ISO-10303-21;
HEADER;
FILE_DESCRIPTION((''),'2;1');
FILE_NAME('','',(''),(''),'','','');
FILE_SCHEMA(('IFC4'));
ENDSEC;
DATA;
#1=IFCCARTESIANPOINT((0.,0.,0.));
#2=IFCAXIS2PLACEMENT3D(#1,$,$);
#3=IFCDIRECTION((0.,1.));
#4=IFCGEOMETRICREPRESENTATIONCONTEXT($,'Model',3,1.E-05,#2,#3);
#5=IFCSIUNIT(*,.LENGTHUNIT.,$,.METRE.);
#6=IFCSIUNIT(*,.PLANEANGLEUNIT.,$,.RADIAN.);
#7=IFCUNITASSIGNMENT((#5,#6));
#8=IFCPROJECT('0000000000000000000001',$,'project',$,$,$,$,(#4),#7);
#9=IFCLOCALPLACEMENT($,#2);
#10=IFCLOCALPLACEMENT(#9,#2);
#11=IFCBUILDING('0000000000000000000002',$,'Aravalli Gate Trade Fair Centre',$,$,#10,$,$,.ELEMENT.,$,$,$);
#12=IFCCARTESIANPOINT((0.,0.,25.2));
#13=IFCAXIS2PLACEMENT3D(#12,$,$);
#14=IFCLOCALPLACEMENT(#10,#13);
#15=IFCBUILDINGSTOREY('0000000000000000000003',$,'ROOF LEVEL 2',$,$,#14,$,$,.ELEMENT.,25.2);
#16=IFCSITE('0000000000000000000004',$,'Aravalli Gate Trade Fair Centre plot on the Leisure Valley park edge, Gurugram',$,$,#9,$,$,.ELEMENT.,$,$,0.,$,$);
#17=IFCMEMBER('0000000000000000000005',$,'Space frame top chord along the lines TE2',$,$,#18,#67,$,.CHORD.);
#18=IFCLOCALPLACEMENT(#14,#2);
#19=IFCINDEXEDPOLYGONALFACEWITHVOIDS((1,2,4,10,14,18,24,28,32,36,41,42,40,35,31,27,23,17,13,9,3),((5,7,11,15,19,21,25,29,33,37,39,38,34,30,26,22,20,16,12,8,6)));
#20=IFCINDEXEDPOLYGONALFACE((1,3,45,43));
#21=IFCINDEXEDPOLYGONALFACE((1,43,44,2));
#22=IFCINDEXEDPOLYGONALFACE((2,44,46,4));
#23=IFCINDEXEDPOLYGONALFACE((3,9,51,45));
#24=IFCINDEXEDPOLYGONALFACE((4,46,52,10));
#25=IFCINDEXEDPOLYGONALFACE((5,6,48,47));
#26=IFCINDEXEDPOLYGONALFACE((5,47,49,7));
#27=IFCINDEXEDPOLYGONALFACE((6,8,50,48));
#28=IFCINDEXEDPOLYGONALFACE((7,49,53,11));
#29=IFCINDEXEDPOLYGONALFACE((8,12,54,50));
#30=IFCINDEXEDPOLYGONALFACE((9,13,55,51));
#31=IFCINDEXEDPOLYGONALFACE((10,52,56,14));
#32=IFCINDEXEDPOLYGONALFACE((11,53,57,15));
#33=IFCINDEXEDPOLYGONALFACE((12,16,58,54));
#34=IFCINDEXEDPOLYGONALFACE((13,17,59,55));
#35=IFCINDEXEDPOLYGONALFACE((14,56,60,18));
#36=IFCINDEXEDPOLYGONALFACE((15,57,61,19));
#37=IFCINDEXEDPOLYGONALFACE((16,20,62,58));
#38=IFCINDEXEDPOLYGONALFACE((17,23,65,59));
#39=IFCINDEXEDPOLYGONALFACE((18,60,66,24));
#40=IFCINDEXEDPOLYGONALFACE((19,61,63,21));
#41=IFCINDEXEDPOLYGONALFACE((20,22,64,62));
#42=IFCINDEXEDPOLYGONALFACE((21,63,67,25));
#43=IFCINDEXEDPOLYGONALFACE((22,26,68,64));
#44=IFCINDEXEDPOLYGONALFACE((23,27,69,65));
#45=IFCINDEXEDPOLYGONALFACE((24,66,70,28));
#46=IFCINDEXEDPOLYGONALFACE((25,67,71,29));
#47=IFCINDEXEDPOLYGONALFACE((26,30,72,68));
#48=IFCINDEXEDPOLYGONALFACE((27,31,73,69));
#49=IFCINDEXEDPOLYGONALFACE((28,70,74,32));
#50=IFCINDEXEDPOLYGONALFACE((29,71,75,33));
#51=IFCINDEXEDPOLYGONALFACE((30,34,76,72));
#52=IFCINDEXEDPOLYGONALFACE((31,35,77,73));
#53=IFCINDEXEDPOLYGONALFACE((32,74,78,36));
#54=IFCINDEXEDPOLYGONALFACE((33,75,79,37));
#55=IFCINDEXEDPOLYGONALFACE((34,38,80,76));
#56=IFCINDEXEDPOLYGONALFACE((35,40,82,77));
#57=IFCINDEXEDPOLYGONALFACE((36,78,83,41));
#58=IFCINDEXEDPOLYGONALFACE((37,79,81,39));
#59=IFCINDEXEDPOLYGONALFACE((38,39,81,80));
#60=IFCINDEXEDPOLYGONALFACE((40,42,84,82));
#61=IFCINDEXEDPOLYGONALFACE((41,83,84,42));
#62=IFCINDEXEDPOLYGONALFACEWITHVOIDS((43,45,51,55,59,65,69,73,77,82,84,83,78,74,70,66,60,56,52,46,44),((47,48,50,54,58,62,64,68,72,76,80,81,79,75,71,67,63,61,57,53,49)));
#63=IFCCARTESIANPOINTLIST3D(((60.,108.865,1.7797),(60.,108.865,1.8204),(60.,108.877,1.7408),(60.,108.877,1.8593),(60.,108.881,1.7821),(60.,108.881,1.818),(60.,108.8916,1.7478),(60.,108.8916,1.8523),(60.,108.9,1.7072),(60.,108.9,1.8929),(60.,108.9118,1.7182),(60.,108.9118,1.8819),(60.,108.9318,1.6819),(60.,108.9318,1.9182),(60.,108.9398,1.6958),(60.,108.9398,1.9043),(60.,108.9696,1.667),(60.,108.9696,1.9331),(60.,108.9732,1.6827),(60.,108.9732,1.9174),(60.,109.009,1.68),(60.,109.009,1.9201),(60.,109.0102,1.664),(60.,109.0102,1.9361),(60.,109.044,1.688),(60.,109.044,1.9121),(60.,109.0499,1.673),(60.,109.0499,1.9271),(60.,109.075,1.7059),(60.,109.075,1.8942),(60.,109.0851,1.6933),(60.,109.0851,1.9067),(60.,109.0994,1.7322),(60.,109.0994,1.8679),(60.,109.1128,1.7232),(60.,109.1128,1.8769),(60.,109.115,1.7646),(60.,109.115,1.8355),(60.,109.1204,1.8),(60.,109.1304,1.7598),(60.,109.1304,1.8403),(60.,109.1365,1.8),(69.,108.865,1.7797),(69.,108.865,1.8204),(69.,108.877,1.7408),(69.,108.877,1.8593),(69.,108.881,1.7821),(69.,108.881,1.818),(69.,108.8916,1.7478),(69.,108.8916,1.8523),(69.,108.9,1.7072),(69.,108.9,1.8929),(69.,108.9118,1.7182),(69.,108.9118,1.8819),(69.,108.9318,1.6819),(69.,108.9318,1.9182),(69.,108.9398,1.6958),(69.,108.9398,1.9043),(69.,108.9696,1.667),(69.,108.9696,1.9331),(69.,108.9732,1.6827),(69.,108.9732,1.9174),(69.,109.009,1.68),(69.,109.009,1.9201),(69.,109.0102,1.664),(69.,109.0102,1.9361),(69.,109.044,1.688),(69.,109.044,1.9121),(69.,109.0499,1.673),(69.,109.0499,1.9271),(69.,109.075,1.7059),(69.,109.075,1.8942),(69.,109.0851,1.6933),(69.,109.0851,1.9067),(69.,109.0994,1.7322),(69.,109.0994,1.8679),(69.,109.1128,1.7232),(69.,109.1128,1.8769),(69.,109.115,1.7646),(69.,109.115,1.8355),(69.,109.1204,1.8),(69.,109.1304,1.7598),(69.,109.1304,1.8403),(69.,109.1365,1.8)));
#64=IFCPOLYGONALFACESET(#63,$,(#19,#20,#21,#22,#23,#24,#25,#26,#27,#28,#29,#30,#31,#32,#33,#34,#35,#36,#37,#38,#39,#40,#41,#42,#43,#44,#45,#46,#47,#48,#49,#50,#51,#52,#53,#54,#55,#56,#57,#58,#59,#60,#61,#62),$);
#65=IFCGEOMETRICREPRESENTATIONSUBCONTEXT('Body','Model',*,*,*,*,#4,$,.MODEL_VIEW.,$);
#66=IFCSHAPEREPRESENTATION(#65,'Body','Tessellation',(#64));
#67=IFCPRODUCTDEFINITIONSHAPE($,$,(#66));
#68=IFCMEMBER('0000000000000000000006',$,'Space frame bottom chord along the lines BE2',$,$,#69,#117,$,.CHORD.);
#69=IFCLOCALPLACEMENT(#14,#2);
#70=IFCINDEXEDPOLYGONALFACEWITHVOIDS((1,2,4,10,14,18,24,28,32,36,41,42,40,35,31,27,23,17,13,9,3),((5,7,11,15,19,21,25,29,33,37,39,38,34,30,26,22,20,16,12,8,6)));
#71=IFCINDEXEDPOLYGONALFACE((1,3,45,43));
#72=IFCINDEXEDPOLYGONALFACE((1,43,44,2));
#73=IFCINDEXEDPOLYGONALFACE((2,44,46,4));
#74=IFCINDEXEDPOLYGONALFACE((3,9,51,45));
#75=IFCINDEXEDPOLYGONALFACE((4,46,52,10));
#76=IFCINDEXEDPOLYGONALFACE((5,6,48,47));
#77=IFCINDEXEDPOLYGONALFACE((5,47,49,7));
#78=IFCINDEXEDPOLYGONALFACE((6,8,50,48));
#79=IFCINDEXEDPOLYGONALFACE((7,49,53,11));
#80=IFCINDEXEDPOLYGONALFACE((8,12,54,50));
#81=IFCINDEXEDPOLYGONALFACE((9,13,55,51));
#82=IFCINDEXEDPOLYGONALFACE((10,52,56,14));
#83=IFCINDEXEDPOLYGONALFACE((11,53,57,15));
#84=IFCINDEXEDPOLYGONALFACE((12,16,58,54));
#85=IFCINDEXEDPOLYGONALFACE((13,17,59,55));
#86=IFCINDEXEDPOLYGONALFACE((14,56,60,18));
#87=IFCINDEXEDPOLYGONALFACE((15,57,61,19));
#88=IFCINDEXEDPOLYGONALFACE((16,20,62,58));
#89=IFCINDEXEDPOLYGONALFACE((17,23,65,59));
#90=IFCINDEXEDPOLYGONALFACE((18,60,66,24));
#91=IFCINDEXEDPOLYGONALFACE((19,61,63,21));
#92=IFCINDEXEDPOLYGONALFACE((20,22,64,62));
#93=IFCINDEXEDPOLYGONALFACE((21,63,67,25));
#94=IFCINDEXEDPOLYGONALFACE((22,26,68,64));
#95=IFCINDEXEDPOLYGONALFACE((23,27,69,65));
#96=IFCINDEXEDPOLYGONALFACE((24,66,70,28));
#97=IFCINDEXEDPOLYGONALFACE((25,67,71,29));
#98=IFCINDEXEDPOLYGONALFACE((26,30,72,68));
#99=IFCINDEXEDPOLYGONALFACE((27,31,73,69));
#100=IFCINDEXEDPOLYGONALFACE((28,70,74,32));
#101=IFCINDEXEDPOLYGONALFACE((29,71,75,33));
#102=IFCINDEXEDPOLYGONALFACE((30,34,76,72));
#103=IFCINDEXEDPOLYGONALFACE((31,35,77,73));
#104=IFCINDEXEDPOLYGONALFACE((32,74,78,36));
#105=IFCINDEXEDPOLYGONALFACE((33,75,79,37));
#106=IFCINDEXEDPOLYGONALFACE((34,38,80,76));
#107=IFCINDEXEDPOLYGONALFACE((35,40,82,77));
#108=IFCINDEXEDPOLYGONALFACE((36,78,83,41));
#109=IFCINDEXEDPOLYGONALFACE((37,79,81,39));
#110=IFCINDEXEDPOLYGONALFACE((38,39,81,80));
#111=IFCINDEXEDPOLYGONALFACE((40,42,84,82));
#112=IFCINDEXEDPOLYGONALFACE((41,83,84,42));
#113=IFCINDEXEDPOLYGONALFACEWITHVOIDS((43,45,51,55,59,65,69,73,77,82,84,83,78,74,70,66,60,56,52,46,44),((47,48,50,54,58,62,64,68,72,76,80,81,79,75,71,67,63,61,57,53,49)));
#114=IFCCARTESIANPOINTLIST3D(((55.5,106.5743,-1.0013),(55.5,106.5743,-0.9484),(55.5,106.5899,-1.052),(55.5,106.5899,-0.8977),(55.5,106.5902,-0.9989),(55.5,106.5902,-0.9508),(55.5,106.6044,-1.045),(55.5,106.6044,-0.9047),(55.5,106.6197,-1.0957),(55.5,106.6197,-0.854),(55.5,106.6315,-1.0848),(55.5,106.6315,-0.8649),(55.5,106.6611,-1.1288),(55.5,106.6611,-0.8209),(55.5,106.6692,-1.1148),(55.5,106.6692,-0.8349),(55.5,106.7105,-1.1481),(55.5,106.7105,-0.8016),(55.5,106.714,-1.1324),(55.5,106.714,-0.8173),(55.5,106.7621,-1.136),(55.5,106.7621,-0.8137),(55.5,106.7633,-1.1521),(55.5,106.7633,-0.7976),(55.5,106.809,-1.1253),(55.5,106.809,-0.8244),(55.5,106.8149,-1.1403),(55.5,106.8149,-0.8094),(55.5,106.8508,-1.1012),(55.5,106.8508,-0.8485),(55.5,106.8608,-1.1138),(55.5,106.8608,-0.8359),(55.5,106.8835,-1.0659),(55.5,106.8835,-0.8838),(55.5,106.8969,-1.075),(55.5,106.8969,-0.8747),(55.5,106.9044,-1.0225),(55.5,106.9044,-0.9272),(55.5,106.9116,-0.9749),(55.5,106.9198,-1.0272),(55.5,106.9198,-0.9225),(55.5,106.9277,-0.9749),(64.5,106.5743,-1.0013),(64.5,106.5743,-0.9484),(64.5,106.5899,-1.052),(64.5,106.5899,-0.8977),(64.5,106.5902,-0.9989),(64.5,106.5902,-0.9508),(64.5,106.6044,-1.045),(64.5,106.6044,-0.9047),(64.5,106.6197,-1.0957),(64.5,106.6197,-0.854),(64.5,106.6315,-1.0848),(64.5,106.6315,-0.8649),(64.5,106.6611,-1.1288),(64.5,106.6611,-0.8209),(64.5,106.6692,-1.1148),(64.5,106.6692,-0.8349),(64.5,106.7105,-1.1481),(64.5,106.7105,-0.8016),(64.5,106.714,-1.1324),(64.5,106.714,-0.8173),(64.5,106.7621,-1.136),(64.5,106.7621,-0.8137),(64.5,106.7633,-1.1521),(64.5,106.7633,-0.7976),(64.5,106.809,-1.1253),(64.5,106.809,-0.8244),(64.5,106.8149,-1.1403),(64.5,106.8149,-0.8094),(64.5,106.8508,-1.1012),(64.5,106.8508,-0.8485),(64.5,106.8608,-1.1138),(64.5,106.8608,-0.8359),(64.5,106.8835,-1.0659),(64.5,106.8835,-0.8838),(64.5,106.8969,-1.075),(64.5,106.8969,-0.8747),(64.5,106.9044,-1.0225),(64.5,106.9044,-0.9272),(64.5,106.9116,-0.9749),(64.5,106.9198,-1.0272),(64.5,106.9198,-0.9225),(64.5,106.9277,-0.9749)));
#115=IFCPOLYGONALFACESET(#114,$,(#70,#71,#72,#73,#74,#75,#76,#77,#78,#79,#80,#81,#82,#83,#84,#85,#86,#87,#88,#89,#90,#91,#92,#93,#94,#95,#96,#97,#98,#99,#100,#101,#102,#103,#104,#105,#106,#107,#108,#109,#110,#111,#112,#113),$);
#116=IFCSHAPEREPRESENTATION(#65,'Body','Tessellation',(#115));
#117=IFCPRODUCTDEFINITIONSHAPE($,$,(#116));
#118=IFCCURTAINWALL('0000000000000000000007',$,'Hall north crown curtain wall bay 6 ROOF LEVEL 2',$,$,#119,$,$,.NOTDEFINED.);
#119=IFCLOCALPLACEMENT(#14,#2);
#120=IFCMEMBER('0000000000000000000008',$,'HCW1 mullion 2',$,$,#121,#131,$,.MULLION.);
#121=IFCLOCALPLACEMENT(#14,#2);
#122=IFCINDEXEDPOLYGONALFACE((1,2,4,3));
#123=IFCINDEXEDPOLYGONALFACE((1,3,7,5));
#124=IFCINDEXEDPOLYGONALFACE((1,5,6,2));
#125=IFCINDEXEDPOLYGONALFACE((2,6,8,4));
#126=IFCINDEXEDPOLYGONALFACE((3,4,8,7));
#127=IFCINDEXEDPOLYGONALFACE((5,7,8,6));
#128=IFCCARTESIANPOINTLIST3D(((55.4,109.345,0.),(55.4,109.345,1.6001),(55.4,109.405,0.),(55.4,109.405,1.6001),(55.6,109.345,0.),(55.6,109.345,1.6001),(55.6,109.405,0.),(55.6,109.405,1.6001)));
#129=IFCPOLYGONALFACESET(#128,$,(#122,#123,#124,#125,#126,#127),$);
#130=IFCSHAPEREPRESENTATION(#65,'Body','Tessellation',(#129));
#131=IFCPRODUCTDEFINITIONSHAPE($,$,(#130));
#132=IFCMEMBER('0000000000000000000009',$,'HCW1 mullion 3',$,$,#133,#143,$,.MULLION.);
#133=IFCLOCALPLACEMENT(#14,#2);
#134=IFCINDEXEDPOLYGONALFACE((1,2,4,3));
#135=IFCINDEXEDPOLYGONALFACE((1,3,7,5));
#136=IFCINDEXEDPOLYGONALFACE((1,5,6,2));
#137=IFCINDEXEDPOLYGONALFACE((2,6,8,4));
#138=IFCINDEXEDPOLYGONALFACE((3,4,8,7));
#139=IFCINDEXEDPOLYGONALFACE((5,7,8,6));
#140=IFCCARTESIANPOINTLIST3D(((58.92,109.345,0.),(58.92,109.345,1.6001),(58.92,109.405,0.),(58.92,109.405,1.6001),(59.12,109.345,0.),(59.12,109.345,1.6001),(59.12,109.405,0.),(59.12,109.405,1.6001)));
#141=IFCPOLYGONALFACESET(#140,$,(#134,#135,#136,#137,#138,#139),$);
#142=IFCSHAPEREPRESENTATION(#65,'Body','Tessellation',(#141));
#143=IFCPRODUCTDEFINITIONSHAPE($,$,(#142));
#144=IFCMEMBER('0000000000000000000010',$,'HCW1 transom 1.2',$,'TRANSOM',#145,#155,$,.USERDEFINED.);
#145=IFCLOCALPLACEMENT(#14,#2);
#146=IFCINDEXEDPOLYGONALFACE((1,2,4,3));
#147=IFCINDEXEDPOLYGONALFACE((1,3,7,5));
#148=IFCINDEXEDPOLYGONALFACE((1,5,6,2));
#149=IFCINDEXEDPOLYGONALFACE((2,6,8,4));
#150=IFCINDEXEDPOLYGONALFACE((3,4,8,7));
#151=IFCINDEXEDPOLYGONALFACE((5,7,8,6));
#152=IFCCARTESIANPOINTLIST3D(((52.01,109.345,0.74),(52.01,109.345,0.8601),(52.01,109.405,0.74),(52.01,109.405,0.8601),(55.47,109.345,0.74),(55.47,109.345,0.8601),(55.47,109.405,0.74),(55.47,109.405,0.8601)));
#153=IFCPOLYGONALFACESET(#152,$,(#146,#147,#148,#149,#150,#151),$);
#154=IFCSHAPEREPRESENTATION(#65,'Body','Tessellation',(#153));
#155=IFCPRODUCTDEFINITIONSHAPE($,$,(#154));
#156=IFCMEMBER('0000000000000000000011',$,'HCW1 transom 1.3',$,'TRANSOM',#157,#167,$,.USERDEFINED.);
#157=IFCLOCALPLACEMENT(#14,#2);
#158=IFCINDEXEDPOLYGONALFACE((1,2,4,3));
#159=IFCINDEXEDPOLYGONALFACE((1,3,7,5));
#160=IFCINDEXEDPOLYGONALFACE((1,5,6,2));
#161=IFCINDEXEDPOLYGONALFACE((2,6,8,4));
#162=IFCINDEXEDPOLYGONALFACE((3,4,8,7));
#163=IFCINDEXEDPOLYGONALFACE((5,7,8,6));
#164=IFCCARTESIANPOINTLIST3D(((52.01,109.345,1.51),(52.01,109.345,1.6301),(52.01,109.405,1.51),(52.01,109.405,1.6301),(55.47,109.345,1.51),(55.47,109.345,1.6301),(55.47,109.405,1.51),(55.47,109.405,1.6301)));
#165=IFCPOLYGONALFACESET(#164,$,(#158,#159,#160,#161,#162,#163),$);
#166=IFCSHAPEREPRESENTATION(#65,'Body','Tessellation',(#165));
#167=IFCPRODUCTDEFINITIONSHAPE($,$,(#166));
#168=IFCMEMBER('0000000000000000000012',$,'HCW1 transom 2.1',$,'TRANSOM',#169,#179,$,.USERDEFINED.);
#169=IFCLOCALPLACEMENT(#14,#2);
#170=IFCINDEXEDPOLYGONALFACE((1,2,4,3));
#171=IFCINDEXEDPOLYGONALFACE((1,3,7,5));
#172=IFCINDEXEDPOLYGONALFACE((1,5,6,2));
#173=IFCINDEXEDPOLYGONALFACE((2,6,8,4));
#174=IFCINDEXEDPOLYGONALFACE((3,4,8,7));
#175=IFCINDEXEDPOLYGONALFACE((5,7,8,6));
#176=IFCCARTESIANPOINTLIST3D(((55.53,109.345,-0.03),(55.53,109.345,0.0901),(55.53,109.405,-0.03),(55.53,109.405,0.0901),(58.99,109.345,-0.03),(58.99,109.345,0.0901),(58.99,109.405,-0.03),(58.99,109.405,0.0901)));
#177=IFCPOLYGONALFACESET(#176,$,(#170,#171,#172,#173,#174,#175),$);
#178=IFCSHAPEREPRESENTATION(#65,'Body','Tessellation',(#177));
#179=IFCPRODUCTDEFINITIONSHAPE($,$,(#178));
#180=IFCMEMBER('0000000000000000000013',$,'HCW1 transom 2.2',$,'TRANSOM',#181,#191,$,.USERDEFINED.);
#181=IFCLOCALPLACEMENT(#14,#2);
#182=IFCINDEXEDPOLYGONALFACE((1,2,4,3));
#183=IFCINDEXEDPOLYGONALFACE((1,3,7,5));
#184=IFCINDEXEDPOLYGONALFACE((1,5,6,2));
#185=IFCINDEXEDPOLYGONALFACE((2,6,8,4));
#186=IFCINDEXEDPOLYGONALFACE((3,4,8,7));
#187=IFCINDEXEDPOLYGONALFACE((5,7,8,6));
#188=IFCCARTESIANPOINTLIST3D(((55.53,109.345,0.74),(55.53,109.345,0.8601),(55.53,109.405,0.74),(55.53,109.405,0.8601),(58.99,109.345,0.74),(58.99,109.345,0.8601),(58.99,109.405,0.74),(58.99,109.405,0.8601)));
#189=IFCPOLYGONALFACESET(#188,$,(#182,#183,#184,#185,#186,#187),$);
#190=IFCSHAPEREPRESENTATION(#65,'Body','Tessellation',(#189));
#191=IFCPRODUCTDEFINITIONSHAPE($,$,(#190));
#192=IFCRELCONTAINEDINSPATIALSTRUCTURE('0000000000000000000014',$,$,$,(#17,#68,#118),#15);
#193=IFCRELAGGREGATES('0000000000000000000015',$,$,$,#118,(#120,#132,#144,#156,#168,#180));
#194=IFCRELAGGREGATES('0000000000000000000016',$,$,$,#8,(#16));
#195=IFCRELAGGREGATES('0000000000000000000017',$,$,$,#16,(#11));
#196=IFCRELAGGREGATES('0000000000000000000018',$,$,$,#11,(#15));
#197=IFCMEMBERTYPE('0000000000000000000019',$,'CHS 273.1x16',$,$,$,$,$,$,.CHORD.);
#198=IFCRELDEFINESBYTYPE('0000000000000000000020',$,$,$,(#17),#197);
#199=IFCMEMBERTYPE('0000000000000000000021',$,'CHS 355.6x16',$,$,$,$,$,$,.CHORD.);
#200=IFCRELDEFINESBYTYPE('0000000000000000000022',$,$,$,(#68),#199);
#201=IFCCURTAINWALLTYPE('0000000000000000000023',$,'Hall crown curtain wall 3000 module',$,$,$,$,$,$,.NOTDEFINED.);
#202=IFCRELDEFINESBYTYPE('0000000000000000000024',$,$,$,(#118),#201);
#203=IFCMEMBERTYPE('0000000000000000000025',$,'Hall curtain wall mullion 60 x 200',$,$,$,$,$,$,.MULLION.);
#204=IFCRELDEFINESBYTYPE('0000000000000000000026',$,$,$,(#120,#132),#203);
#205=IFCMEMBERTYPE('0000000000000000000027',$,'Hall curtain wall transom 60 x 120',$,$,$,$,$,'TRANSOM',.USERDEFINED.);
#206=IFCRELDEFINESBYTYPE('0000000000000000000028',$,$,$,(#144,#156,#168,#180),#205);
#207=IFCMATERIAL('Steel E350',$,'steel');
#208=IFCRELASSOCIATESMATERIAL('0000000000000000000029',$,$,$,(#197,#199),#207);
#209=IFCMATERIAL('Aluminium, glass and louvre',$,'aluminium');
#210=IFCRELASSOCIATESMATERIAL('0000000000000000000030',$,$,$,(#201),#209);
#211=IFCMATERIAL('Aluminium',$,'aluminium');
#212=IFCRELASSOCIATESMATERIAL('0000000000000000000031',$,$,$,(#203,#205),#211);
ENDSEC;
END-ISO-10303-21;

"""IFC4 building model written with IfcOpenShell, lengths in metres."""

from ifc_helpers import new_model, si_unit, direction, frame, origin, origin_2d, place, context, subcontext, project, spatial, rectangle, hollow_circle, extrude, material, material_profile, profile_set, type_object, element, aggregate, save


model = new_model("IFC4")

# Units and contexts
model_context = context("Model", 3, precision=1e-05, world=origin(), true_north=direction((0.0, 1.0)))
body_context = subcontext(model_context, "Body", "Model", "MODEL_VIEW")
ifc_project = project(units=[si_unit("LENGTHUNIT", "METRE"), si_unit("PLANEANGLEUNIT", "RADIAN")], contexts=[model_context])

# Site, building, storey
site_placement = place(None, origin())
site = spatial("IfcSite", under=ifc_project, at=site_placement, Name="Aravalli Gate Trade Fair Centre plot on the Leisure Valley park edge, Gurugram", CompositionType="ELEMENT", RefElevation=0.0)
building_placement = place(site_placement, origin())
building = spatial("IfcBuilding", under=site, at=building_placement, Name="Aravalli Gate Trade Fair Centre", CompositionType="ELEMENT")
storey_placement = place(building_placement, frame((0.0, 0.0, 25.2)))
storey = spatial("IfcBuildingStorey", under=building, at=storey_placement, Name="ROOF LEVEL 2", CompositionType="ELEMENT", Elevation=25.2)

# Members
ifc_material_1 = material(Name="Steel E350", Category="steel")
ifc_material_profile_1 = material_profile(ifc_material_1, hollow_circle(Radius=0.1365, WallThickness=0.0161, at=origin_2d()), Name="CHS 273.1x16")
ifc_profile_set_1 = profile_set([ifc_material_profile_1], Name="Steel E350")
member_type_1 = type_object("IfcMemberType", Name="CHS 273.1x16", PredefinedType="CHORD", material=ifc_profile_set_1)
member_1_placement = place(storey_placement, frame((60.0, 109.0, 1.8), z_axis=(1.0, 0.0, 0.0), x_axis=(0.0, 1.0, 0.0)))
element("IfcMember", 1, at=member_1_placement, inside=storey, type_object=member_type_1, Name="Space frame top chord along the lines TE2", PredefinedType="CHORD", context=body_context, shape_type="SweptSolid", body=[
    extrude(hollow_circle(Radius=0.1365, WallThickness=0.0161, at=origin_2d()), origin(), (0.0, 0.0, 1.0), 9.0),
])
ifc_material_profile_2 = material_profile(ifc_material_1, hollow_circle(Radius=0.1777, WallThickness=0.0161, at=origin_2d()), Name="CHS 355.6x16")
ifc_profile_set_2 = profile_set([ifc_material_profile_2], Name="Steel E350")
member_type_2 = type_object("IfcMemberType", Name="CHS 355.6x16", PredefinedType="CHORD", material=ifc_profile_set_2)
member_2_placement = place(storey_placement, frame((55.5, 106.75, -0.9749), z_axis=(1.0, 0.0, 0.0), x_axis=(0.0, 1.0, 0.0)))
element("IfcMember", 2, at=member_2_placement, inside=storey, type_object=member_type_2, Name="Space frame bottom chord along the lines BE2", PredefinedType="CHORD", context=body_context, shape_type="SweptSolid", body=[
    extrude(hollow_circle(Radius=0.1777, WallThickness=0.0161, at=origin_2d()), origin(), (0.0, 0.0, 1.0), 9.0),
])

# Curtain wall, members
ifc_material_2 = material(Name="Aluminium, glass and louvre", Category="aluminium")
curtain_wall_type = type_object("IfcCurtainWallType", Name="Hall crown curtain wall 3000 module", PredefinedType="NOTDEFINED", material=ifc_material_2)
curtain_wall_placement = place(storey_placement, origin())
curtain_wall = element("IfcCurtainWall", 3, at=curtain_wall_placement, inside=storey, type_object=curtain_wall_type, Name="Hall north crown curtain wall bay 6 ROOF LEVEL 2", PredefinedType="NOTDEFINED")
ifc_material_3 = material(Name="Aluminium", Category="aluminium")
ifc_material_profile_3 = material_profile(ifc_material_3, rectangle(XDim=0.0601, YDim=0.2, at=origin_2d()), Name="Hall curtain wall mullion 60 x 200")
ifc_profile_set_3 = profile_set([ifc_material_profile_3], Name="Aluminium")
member_type_3 = type_object("IfcMemberType", Name="Hall curtain wall mullion 60 x 200", PredefinedType="MULLION", material=ifc_profile_set_3)
member_3_placement = place(storey_placement, frame((55.5, 109.375, 0.0), z_axis=(0.0, 0.0, 1.0), x_axis=(0.0, 1.0, 0.0)))
member_3 = element("IfcMember", 4, at=member_3_placement, type_object=member_type_3, Name="HCW1 mullion 2", PredefinedType="MULLION", context=body_context, shape_type="SweptSolid", body=[
    extrude(rectangle(XDim=0.0601, YDim=0.2, at=origin_2d()), origin(), (0.0, 0.0, 1.0), 1.6001),
])
member_4_placement = place(storey_placement, frame((59.02, 109.375, 0.0), z_axis=(0.0, 0.0, 1.0), x_axis=(0.0, 1.0, 0.0)))
member_4 = element("IfcMember", 5, at=member_4_placement, type_object=member_type_3, Name="HCW1 mullion 3", PredefinedType="MULLION", context=body_context, shape_type="SweptSolid", body=[
    extrude(rectangle(XDim=0.0601, YDim=0.2, at=origin_2d()), origin(), (0.0, 0.0, 1.0), 1.6001),
])
ifc_material_profile_4 = material_profile(ifc_material_3, rectangle(XDim=0.0601, YDim=0.1201, at=origin_2d()), Name="Hall curtain wall transom 60 x 120")
ifc_profile_set_4 = profile_set([ifc_material_profile_4], Name="Aluminium")
member_type_4 = type_object("IfcMemberType", Name="Hall curtain wall transom 60 x 120", ElementType="TRANSOM", PredefinedType="USERDEFINED", material=ifc_profile_set_4)
member_5_placement = place(storey_placement, frame((52.01, 109.375, 0.8), z_axis=(1.0, 0.0, 0.0), x_axis=(0.0, 1.0, 0.0)))
member_5 = element("IfcMember", 6, at=member_5_placement, type_object=member_type_4, Name="HCW1 transom 1.2", ObjectType="TRANSOM", PredefinedType="USERDEFINED", context=body_context, shape_type="SweptSolid", body=[
    extrude(rectangle(XDim=0.0601, YDim=0.1201, at=origin_2d()), origin(), (0.0, 0.0, 1.0), 3.46),
])
member_6_placement = place(storey_placement, frame((52.01, 109.375, 1.5701), z_axis=(1.0, 0.0, 0.0), x_axis=(0.0, 1.0, 0.0)))
member_6 = element("IfcMember", 7, at=member_6_placement, type_object=member_type_4, Name="HCW1 transom 1.3", ObjectType="TRANSOM", PredefinedType="USERDEFINED", context=body_context, shape_type="SweptSolid", body=[
    extrude(rectangle(XDim=0.0601, YDim=0.1201, at=origin_2d()), origin(), (0.0, 0.0, 1.0), 3.46),
])
member_7_placement = place(storey_placement, frame((55.53, 109.375, 0.03), z_axis=(1.0, 0.0, 0.0), x_axis=(0.0, 1.0, 0.0)))
member_7 = element("IfcMember", 8, at=member_7_placement, type_object=member_type_4, Name="HCW1 transom 2.1", ObjectType="TRANSOM", PredefinedType="USERDEFINED", context=body_context, shape_type="SweptSolid", body=[
    extrude(rectangle(XDim=0.0601, YDim=0.1201, at=origin_2d()), origin(), (0.0, 0.0, 1.0), 3.46),
])
member_8_placement = place(storey_placement, frame((55.53, 109.375, 0.8), z_axis=(1.0, 0.0, 0.0), x_axis=(0.0, 1.0, 0.0)))
member_8 = element("IfcMember", 9, at=member_8_placement, type_object=member_type_4, Name="HCW1 transom 2.2", ObjectType="TRANSOM", PredefinedType="USERDEFINED", context=body_context, shape_type="SweptSolid", body=[
    extrude(rectangle(XDim=0.0601, YDim=0.1201, at=origin_2d()), origin(), (0.0, 0.0, 1.0), 3.46),
])
aggregate(curtain_wall, [member_3, member_4, member_5, member_6, member_7, member_8])

save(model, "model.ifc")
